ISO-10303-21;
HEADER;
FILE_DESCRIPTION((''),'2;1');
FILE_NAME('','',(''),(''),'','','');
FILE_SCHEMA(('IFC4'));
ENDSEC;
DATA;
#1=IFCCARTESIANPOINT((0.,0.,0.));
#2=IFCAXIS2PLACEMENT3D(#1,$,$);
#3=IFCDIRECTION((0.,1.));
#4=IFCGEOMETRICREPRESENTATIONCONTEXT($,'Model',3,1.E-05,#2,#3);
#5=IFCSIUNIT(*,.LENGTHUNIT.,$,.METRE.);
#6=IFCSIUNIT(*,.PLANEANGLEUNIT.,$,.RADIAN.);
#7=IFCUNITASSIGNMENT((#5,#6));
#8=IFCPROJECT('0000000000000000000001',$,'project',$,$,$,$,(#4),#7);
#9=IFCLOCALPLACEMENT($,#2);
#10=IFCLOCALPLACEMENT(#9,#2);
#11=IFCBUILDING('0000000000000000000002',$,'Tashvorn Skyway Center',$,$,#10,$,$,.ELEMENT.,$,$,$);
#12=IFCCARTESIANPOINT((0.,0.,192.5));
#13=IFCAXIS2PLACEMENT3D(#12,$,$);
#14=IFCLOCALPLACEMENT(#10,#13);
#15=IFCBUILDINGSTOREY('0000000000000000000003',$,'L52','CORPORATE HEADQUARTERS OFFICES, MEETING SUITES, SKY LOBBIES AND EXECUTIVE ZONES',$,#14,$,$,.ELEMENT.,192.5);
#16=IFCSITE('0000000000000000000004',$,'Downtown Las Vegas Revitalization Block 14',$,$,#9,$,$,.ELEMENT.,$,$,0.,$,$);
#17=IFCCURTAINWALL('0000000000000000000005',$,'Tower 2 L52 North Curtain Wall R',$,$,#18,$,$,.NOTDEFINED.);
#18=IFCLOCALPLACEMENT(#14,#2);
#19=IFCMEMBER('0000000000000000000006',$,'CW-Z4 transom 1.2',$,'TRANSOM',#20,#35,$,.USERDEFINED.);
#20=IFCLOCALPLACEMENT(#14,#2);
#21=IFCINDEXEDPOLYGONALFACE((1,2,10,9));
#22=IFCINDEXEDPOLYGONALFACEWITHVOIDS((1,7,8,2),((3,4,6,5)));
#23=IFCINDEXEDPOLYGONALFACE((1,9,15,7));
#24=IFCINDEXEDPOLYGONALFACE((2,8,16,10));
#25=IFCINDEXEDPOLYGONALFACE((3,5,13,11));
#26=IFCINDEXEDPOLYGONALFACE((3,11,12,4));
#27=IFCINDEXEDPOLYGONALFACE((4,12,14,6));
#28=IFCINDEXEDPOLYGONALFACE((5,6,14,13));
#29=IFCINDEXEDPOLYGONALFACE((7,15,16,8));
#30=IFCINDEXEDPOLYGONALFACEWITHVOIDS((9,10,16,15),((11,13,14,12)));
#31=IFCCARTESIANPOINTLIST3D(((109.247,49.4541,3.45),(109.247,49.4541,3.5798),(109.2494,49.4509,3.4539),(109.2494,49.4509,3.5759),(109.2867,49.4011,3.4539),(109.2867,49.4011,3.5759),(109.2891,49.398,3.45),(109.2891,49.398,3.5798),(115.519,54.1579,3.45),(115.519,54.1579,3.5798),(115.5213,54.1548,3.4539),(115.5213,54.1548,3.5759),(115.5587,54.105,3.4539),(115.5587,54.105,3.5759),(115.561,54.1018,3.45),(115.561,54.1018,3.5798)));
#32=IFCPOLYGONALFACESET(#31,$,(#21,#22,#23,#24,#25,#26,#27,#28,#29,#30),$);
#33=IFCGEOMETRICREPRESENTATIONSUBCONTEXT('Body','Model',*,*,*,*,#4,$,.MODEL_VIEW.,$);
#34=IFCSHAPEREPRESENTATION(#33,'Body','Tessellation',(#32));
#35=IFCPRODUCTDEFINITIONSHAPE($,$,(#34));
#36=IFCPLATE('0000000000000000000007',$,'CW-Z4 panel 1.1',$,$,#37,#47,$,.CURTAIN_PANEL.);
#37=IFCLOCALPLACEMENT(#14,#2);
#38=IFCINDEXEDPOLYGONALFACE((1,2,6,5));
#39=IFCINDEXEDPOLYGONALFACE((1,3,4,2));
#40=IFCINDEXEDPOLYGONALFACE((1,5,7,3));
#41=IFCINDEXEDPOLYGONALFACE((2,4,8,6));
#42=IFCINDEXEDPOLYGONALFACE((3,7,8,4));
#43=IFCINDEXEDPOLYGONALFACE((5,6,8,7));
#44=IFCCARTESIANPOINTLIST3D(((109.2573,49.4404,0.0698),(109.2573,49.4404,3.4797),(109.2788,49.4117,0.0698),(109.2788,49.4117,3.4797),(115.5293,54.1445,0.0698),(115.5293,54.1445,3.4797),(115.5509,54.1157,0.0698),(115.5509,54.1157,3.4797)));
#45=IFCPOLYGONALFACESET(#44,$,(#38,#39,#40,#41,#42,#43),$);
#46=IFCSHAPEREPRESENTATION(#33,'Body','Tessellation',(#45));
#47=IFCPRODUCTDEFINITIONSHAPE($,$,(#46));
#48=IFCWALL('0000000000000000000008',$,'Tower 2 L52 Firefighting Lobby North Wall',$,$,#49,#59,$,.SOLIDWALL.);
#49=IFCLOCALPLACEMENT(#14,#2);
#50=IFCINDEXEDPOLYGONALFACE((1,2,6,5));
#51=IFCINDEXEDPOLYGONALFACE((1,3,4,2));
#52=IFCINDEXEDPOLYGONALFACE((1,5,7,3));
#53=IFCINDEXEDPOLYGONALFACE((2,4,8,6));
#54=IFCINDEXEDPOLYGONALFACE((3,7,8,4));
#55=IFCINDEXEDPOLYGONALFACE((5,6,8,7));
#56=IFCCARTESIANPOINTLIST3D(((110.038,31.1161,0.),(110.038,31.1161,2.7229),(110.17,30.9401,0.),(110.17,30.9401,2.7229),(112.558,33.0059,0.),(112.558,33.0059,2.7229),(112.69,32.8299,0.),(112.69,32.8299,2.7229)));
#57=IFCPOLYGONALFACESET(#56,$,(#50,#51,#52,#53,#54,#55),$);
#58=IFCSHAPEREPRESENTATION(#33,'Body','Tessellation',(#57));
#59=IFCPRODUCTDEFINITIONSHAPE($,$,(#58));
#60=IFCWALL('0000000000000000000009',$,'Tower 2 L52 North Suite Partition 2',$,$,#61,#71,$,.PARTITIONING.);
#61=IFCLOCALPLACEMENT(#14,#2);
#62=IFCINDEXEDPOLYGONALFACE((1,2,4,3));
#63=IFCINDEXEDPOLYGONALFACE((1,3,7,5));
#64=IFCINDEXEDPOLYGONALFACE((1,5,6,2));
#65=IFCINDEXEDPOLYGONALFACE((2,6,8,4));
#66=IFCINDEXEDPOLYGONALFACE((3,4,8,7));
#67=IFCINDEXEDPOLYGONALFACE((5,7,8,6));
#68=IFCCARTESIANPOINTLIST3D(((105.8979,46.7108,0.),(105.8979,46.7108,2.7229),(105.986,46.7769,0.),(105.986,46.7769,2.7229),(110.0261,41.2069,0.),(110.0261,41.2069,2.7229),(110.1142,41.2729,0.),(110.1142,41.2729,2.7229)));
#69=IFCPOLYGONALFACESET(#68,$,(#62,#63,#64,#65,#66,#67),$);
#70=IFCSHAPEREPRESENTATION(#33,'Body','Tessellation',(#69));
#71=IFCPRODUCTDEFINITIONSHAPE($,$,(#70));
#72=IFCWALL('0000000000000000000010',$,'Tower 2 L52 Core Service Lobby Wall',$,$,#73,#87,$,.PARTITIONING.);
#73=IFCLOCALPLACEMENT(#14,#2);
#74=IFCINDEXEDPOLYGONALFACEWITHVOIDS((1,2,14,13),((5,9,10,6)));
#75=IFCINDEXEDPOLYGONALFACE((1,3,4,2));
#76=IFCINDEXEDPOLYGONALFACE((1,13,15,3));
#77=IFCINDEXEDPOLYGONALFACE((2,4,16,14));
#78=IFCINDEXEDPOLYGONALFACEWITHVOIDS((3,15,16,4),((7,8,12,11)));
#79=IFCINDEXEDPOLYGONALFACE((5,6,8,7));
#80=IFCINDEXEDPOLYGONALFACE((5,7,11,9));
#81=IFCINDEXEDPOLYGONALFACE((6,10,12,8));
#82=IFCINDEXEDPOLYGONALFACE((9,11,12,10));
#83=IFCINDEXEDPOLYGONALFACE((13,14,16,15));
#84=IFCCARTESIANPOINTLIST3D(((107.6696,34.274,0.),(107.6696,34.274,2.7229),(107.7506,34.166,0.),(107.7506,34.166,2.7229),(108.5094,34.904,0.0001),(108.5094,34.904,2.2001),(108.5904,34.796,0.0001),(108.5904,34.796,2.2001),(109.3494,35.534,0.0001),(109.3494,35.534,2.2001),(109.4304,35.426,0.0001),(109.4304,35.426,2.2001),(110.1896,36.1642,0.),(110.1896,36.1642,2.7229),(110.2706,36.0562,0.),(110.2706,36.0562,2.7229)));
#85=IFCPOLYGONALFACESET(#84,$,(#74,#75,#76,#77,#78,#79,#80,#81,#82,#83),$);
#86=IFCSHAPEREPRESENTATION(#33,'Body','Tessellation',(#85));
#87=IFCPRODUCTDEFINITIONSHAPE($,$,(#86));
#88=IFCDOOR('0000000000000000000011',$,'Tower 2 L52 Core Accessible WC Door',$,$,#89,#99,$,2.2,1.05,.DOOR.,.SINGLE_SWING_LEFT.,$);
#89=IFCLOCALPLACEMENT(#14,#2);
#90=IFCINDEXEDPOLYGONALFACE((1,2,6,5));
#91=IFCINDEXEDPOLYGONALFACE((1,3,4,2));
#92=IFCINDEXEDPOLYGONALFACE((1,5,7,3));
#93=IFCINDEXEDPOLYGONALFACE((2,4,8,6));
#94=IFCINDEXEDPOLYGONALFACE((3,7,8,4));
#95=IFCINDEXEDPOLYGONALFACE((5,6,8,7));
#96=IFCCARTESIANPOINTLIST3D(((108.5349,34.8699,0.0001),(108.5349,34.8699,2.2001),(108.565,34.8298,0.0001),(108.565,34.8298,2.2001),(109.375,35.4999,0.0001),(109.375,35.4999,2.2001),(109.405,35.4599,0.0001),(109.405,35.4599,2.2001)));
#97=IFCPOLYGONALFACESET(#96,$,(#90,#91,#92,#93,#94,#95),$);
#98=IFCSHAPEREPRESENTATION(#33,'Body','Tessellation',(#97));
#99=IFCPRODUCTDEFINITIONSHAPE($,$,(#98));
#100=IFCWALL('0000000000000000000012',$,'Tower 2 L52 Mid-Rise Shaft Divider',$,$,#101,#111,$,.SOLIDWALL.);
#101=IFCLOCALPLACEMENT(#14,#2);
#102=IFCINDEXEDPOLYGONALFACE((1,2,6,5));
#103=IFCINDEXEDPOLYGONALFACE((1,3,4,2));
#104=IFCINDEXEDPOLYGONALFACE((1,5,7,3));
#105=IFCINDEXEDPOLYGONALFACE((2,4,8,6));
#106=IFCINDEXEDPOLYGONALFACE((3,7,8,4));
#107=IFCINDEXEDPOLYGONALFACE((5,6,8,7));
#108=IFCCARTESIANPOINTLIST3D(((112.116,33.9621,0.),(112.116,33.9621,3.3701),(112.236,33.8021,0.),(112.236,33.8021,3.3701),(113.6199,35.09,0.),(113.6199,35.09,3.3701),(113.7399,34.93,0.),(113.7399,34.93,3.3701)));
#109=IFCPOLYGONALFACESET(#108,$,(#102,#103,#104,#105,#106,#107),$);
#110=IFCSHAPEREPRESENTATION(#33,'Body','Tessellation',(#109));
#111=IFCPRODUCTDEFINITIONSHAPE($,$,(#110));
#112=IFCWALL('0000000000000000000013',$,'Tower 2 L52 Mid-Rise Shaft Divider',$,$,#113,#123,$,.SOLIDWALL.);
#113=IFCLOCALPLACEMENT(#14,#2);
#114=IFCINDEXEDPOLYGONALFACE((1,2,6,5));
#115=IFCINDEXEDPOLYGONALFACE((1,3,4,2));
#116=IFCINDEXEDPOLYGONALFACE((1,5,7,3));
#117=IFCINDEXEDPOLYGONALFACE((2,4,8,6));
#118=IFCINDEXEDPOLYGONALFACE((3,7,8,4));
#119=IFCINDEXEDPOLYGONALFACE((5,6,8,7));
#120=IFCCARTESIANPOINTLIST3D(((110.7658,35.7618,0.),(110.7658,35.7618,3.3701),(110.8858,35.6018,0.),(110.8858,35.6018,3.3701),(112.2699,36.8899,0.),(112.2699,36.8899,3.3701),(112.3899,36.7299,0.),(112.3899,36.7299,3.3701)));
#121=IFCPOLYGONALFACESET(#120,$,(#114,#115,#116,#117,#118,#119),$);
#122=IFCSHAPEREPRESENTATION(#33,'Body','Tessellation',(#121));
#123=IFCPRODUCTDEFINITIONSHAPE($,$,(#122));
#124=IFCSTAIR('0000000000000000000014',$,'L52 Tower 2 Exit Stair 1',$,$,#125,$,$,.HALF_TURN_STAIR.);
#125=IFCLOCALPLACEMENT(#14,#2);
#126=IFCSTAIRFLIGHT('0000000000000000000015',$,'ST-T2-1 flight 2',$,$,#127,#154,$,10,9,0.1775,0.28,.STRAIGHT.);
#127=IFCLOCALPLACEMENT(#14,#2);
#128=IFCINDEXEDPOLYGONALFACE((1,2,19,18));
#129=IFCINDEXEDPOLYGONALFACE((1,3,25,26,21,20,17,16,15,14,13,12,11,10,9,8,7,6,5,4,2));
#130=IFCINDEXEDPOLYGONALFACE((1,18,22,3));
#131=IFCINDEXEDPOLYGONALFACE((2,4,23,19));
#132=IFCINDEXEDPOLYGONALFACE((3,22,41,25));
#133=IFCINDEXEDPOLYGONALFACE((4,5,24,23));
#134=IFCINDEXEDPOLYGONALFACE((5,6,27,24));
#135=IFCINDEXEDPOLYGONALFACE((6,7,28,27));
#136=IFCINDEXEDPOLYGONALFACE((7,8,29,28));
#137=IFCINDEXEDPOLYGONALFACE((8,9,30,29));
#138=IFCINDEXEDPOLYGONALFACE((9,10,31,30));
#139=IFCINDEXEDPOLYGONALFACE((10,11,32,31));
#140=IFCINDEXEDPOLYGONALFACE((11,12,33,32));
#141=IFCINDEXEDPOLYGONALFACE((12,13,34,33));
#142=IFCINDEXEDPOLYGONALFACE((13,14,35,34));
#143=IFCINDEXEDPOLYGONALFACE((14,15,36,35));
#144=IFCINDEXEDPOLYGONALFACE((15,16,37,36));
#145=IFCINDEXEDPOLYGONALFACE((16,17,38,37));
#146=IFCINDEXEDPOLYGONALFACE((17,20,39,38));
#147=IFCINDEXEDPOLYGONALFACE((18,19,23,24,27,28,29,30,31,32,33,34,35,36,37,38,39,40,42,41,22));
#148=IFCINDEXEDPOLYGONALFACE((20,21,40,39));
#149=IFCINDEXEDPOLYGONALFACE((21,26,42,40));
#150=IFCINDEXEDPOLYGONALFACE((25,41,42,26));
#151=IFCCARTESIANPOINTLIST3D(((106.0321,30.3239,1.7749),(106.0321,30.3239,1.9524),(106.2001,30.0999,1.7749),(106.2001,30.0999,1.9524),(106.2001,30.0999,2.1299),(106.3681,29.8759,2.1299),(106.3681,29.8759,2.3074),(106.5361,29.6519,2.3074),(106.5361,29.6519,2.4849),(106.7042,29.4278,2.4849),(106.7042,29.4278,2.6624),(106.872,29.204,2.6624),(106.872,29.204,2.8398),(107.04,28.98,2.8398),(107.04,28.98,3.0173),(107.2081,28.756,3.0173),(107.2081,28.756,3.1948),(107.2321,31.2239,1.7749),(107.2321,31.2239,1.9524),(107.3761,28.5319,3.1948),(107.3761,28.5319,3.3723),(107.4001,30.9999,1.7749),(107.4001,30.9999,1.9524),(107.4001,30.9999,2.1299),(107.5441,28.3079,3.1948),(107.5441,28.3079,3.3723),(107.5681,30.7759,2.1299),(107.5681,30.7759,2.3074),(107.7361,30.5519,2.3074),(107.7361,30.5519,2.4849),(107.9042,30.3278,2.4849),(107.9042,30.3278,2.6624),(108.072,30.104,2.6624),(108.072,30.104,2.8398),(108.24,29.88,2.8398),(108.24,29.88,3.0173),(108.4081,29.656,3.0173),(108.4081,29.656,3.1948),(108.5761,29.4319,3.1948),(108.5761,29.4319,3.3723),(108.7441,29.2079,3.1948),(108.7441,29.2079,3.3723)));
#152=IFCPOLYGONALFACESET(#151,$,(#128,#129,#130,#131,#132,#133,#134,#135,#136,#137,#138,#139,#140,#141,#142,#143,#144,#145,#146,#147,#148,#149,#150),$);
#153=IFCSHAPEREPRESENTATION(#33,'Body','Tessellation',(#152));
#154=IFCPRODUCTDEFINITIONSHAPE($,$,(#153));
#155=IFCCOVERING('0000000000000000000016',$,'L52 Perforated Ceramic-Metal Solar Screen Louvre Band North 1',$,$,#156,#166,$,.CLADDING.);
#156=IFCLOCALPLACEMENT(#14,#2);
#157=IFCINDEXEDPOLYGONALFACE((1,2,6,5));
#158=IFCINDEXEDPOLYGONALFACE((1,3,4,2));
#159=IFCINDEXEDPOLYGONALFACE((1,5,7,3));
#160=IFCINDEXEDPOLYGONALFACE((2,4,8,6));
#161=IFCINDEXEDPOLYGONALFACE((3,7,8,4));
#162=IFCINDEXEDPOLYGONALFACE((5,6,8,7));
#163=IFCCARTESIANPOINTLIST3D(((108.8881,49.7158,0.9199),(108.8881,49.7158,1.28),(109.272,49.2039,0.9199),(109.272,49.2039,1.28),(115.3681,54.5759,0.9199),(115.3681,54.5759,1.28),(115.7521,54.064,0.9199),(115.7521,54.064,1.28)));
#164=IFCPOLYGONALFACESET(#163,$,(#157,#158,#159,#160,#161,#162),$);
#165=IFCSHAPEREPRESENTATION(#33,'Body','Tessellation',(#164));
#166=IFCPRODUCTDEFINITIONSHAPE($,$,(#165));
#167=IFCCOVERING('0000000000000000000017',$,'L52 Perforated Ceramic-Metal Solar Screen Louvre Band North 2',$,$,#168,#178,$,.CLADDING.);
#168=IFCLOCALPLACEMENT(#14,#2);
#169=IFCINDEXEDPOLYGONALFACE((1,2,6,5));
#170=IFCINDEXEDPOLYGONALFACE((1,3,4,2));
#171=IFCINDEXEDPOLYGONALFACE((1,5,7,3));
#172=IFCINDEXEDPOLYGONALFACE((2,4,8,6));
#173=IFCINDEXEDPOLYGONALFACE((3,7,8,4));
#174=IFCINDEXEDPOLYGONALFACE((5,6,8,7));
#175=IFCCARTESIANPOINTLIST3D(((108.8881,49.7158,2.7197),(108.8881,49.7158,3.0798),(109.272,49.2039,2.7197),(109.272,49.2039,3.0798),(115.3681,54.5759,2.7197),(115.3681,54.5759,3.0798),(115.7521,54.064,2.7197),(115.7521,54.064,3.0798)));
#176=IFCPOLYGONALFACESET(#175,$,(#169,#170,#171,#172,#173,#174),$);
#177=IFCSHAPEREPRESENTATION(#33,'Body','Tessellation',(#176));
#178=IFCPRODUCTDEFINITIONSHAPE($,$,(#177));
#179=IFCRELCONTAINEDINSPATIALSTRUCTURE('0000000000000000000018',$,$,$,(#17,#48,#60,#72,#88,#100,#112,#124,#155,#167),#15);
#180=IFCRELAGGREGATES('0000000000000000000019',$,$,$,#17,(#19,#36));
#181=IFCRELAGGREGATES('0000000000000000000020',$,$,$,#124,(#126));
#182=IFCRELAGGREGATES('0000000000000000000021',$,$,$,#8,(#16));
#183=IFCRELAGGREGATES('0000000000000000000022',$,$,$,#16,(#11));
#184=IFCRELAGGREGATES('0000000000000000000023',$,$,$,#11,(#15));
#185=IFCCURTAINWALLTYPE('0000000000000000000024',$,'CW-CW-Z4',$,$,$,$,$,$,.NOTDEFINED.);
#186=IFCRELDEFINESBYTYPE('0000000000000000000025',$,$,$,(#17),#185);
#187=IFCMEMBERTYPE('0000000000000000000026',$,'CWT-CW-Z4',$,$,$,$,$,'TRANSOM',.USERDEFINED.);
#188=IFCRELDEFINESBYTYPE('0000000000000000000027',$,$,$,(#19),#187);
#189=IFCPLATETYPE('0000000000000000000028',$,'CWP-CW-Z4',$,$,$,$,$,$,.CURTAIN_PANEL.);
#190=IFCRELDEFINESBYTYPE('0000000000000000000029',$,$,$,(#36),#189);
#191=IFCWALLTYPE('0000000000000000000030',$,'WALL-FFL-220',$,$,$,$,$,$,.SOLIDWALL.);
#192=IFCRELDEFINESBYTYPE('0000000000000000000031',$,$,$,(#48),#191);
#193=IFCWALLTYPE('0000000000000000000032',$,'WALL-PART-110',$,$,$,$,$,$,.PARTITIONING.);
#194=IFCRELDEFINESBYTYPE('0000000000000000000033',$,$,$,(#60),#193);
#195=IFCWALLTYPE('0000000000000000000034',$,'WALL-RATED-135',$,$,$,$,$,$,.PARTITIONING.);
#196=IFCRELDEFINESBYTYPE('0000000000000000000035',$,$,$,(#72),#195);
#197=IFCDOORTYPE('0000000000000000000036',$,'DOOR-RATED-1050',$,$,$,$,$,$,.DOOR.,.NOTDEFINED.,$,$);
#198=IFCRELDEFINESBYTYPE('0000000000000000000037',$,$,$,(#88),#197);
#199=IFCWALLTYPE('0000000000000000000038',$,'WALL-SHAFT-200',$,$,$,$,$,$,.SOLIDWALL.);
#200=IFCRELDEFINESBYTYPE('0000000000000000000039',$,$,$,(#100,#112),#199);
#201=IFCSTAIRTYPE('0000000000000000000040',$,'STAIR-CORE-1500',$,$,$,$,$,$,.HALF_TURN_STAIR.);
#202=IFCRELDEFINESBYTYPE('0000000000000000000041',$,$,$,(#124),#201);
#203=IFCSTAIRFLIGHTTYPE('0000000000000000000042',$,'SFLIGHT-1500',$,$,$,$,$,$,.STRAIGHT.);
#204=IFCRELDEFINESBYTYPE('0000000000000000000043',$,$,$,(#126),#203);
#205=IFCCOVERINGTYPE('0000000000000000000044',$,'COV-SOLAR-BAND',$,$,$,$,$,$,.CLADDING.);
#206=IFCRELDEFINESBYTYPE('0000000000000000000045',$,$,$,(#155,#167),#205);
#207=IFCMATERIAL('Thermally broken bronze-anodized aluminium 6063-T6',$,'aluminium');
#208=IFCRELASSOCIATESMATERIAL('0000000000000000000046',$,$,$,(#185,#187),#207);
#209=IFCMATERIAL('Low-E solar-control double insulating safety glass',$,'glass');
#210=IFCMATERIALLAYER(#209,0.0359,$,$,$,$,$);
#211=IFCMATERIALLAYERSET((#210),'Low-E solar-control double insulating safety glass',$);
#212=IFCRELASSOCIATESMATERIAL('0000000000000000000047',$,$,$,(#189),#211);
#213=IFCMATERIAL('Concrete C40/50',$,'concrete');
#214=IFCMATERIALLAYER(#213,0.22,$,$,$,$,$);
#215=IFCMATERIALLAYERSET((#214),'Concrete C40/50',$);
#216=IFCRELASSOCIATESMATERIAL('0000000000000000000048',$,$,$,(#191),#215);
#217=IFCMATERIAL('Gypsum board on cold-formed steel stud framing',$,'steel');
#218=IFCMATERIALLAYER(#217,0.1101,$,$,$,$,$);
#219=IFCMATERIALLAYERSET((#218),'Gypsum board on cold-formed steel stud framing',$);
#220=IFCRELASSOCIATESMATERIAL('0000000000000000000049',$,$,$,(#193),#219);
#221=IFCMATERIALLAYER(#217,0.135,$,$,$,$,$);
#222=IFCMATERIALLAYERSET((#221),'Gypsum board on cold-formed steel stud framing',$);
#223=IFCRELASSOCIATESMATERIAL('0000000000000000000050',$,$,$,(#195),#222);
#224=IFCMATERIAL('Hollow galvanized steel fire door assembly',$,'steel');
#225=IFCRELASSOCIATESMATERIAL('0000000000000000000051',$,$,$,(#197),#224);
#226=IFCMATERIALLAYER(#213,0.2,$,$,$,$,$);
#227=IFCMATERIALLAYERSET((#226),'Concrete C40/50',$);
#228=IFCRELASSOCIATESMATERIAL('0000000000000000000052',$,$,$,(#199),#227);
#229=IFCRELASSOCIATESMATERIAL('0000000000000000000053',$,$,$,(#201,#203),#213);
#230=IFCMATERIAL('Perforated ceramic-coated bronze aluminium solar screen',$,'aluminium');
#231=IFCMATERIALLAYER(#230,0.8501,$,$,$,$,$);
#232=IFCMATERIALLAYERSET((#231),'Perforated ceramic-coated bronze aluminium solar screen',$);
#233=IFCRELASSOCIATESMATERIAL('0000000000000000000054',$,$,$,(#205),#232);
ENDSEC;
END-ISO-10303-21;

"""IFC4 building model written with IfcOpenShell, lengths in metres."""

from ifc_helpers import new_model, si_unit, direction, frame, frame_2d, origin, origin_2d, place, context, subcontext, project, spatial, polyline, rectangle, hollow_rectangle, outline, extrude, material, layer, layer_set, material_profile, profile_set, type_object, element, fill, aggregate, save


model = new_model("IFC4")

# Units and contexts
model_context = context("Model", 3, precision=1e-05, world=origin(), true_north=direction((0.0, 1.0)))
body_context = subcontext(model_context, "Body", "Model", "MODEL_VIEW")
ifc_project = project(units=[si_unit("LENGTHUNIT", "METRE"), si_unit("PLANEANGLEUNIT", "RADIAN")], contexts=[model_context])

# Site, building, storey
site_placement = place(None, origin())
site = spatial("IfcSite", under=ifc_project, at=site_placement, Name="Downtown Las Vegas Revitalization Block 14", CompositionType="ELEMENT", RefElevation=0.0)
building_placement = place(site_placement, origin())
building = spatial("IfcBuilding", under=site, at=building_placement, Name="Tashvorn Skyway Center", CompositionType="ELEMENT")
storey_placement = place(building_placement, frame((0.0, 0.0, 192.5)))
storey = spatial("IfcBuildingStorey", under=building, at=storey_placement, Name="L52", Description="CORPORATE HEADQUARTERS OFFICES, MEETING SUITES, SKY LOBBIES AND EXECUTIVE ZONES", CompositionType="ELEMENT", Elevation=192.5)

# Curtain wall, member, plate
ifc_material_1 = material(Name="Thermally broken bronze-anodized aluminium 6063-T6", Category="aluminium")
curtain_wall_type = type_object("IfcCurtainWallType", Name="CW-CW-Z4", PredefinedType="NOTDEFINED", material=ifc_material_1)
curtain_wall_placement = place(storey_placement, origin())
curtain_wall = element("IfcCurtainWall", 1, at=curtain_wall_placement, inside=storey, type_object=curtain_wall_type, Name="Tower 2 L52 North Curtain Wall R", PredefinedType="NOTDEFINED")
ifc_material_profile_1 = material_profile(ifc_material_1, hollow_rectangle(XDim=0.0701, YDim=0.1299, WallThickness=0.0039, at=origin_2d()), Name="ALU-TRAN-70x130")
ifc_profile_set_1 = profile_set([ifc_material_profile_1], Name="Thermally broken bronze-anodized aluminium 6063-T6")
member_type_1 = type_object("IfcMemberType", Name="CWT-CW-Z4", ElementType="TRANSOM", PredefinedType="USERDEFINED", material=ifc_profile_set_1)
member_1_placement = place(storey_placement, frame((109.2681, 49.426, 3.5149), z_axis=(0.800007, 0.59999, 0.0), x_axis=(-0.59999, 0.800007, 0.0)))
member_1 = element("IfcMember", 2, at=member_1_placement, type_object=member_type_1, Name="CW-Z4 transom 1.2", ObjectType="TRANSOM", PredefinedType="USERDEFINED", context=body_context, shape_type="SweptSolid", body=[
    extrude(hollow_rectangle(XDim=0.0701, YDim=0.1299, WallThickness=0.0039, at=origin_2d()), origin(), (0.0, 0.0, 1.0), 7.8398),
])
ifc_material_2 = material(Name="Low-E solar-control double insulating safety glass", Category="glass")
ifc_layer_1 = layer(ifc_material_2, 0.0359)
ifc_layer_set_1 = layer_set([ifc_layer_1], Name="Low-E solar-control double insulating safety glass")
plate_type = type_object("IfcPlateType", Name="CWP-CW-Z4", PredefinedType="CURTAIN_PANEL", material=ifc_layer_set_1)
plate_placement = place(storey_placement, frame((112.4041, 51.7781, 0.0698), z_axis=(0.0, 0.0, 1.0), x_axis=(0.8, 0.6, 0.0)))
plate = element("IfcPlate", 3, at=plate_placement, type_object=plate_type, Name="CW-Z4 panel 1.1", PredefinedType="CURTAIN_PANEL", context=body_context, shape_type="SweptSolid", body=[
    extrude(rectangle(XDim=7.8401, YDim=0.0359, at=origin_2d()), origin(), (0.0, 0.0, 1.0), 3.4099),
])
aggregate(curtain_wall, [member_1, plate])

# Walls
ifc_material_3 = material(Name="Concrete C40/50", Category="concrete")
ifc_layer_2 = layer(ifc_material_3, 0.22)
ifc_layer_set_2 = layer_set([ifc_layer_2], Name="Concrete C40/50")
wall_type_1 = type_object("IfcWallType", Name="WALL-FFL-220", PredefinedType="SOLIDWALL", material=ifc_layer_set_2)
wall_1_placement = place(storey_placement, frame((110.104, 31.0281, 0.0), z_axis=(0.0, 0.0, 1.0), x_axis=(0.800019, 0.599975, 0.0)))
element("IfcWall", 4, at=wall_1_placement, inside=storey, type_object=wall_type_1, Name="Tower 2 L52 Firefighting Lobby North Wall", PredefinedType="SOLIDWALL", context=body_context, shape_type="SweptSolid", body=[
    extrude(rectangle(XDim=3.1499, YDim=0.22, at=frame_2d((1.575, 0.0))), origin(), (0.0, 0.0, 1.0), 2.7229),
])
ifc_material_4 = material(Name="Gypsum board on cold-formed steel stud framing", Category="steel")
ifc_layer_3 = layer(ifc_material_4, 0.1101)
ifc_layer_set_3 = layer_set([ifc_layer_3], Name="Gypsum board on cold-formed steel stud framing")
wall_type_2 = type_object("IfcWallType", Name="WALL-PART-110", PredefinedType="PARTITIONING", material=ifc_layer_set_3)
wall_2_placement = place(storey_placement, frame((110.0701, 41.24, 0.0), z_axis=(0.0, 0.0, 1.0), x_axis=(-0.600023, 0.799983, 0.0)))
element("IfcWall", 5, at=wall_2_placement, inside=storey, type_object=wall_type_2, Name="Tower 2 L52 North Suite Partition 2", PredefinedType="PARTITIONING", context=body_context, shape_type="SweptSolid", body=[
    extrude(rectangle(XDim=6.8801, YDim=0.1101, at=frame_2d((3.4399, 0.0))), origin(), (0.0, 0.0, 1.0), 2.7229),
])

# Wall, opening, door
ifc_layer_4 = layer(ifc_material_4, 0.135)
ifc_layer_set_4 = layer_set([ifc_layer_4], Name="Gypsum board on cold-formed steel stud framing")
wall_type_3 = type_object("IfcWallType", Name="WALL-RATED-135", PredefinedType="PARTITIONING", material=ifc_layer_set_4)
wall_3_placement = place(storey_placement, frame((107.71, 34.22, 0.0), z_axis=(0.0, 0.0, 1.0), x_axis=(0.799981, 0.600025, 0.0)))
wall_3 = element("IfcWall", 6, at=wall_3_placement, inside=storey, type_object=wall_type_3, Name="Tower 2 L52 Core Service Lobby Wall", PredefinedType="PARTITIONING", context=body_context, shape_type="SweptSolid", body=[
    extrude(rectangle(XDim=3.1501, YDim=0.135, at=frame_2d((1.5752, 0.0))), origin(), (0.0, 0.0, 1.0), 2.7229),
])
opening_placement = place(wall_3_placement, frame((1.05, 0.0, 0.0)))
opening = element("IfcOpeningElement", 7, at=opening_placement, cuts=wall_3, PredefinedType="OPENING", context=body_context, shape_type="SweptSolid", body=[
    extrude(rectangle(XDim=1.05, YDim=2.2, at=frame_2d((0.5249, 1.1001))), frame((0.0, 0.0774, 0.0), z_axis=(0.0, -1.0, 0.0), x_axis=(1.0, 0.0, 0.0)), (0.0, 0.0, 1.0), 0.155),
])
ifc_material_5 = material(Name="Hollow galvanized steel fire door assembly", Category="steel")
door_type = type_object("IfcDoorType", Name="DOOR-RATED-1050", OperationType="NOTDEFINED", PredefinedType="DOOR", material=ifc_material_5)
door_placement = place(opening_placement, origin())
door = element("IfcDoor", 8, at=door_placement, inside=storey, type_object=door_type, Name="Tower 2 L52 Core Accessible WC Door", OperationType="SINGLE_SWING_LEFT", OverallHeight=2.2, OverallWidth=1.05, PredefinedType="DOOR", context=body_context, shape_type="SweptSolid", body=[
    extrude(rectangle(XDim=1.05, YDim=2.2, at=frame_2d((0.5249, 1.1001))), frame((0.0, 0.0249, 0.0), z_axis=(0.0, -1.0, 0.0), x_axis=(1.0, 0.0, 0.0)), (0.0, 0.0, 1.0), 0.05),
])
fill(opening, door)

# Walls
ifc_layer_5 = layer(ifc_material_3, 0.2)
ifc_layer_set_5 = layer_set([ifc_layer_5], Name="Concrete C40/50")
wall_type_4 = type_object("IfcWallType", Name="WALL-SHAFT-200", PredefinedType="SOLIDWALL", material=ifc_layer_set_5)
wall_4_placement = place(storey_placement, frame((112.176, 33.8821, 0.0), z_axis=(0.0, 0.0, 1.0), x_axis=(0.8, 0.6, 0.0)))
element("IfcWall", 9, at=wall_4_placement, inside=storey, type_object=wall_type_4, Name="Tower 2 L52 Mid-Rise Shaft Divider", PredefinedType="SOLIDWALL", context=body_context, shape_type="SweptSolid", body=[
    extrude(rectangle(XDim=1.8799, YDim=0.2, at=frame_2d((0.9399, 0.0))), origin(), (0.0, 0.0, 1.0), 3.3701),
])
wall_5_placement = place(storey_placement, frame((110.8259, 35.6819, 0.0), z_axis=(0.0, 0.0, 1.0), x_axis=(0.799984, 0.600021, 0.0)))
element("IfcWall", 10, at=wall_5_placement, inside=storey, type_object=wall_type_4, Name="Tower 2 L52 Mid-Rise Shaft Divider", PredefinedType="SOLIDWALL", context=body_context, shape_type="SweptSolid", body=[
    extrude(rectangle(XDim=1.8801, YDim=0.2, at=frame_2d((0.9399, 0.0))), origin(), (0.0, 0.0, 1.0), 3.3701),
])

# Stair, stair flight
stair_type = type_object("IfcStairType", Name="STAIR-CORE-1500", PredefinedType="HALF_TURN_STAIR", material=ifc_material_3)
stair_placement = place(storey_placement, origin())
stair = element("IfcStair", 11, at=stair_placement, inside=storey, type_object=stair_type, Name="L52 Tower 2 Exit Stair 1", PredefinedType="HALF_TURN_STAIR")
stair_flight_type = type_object("IfcStairFlightType", Name="SFLIGHT-1500", PredefinedType="STRAIGHT", material=ifc_material_3)
stair_flight_placement = place(storey_placement, frame((106.6321, 30.7739, 1.7749), z_axis=(0.0, 0.0, 1.0), x_axis=(0.6, -0.8, 0.0)))
stair_flight = element("IfcStairFlight", 12, at=stair_flight_placement, type_object=stair_flight_type, Name="ST-T2-1 flight 2", NumberOfRisers=10, NumberOfTreads=9, PredefinedType="STRAIGHT", RiserHeight=0.1775, TreadLength=0.28, context=body_context, shape_type="SweptSolid", body=[
    extrude(outline(polyline([(0.0, 0.0), (0.0, 0.1775), (0.28, 0.1775), (0.28, 0.355), (0.5601, 0.355), (0.5601, 0.5325), (0.8401, 0.5325), (0.8401, 0.71), (1.1201, 0.71), (1.1201, 0.8875), (1.3999, 0.8875), (1.3999, 1.0649), (1.6799, 1.0649), (1.6799, 1.2424), (1.96, 1.2424), (1.96, 1.4199), (2.24, 1.4199), (2.24, 1.5974), (2.52, 1.5974), (2.52, 1.7749), (2.52, 1.4199), (0.28, 0.0), (0.0, 0.0)])), frame((0.0, 0.75, 0.0), z_axis=(0.0, -1.0, 0.0), x_axis=(1.0, 0.0, 0.0)), (0.0, 0.0, 1.0), 1.5),
])
aggregate(stair, [stair_flight])

# Coverings
ifc_material_6 = material(Name="Perforated ceramic-coated bronze aluminium solar screen", Category="aluminium")
ifc_layer_6 = layer(ifc_material_6, 0.8501)
ifc_layer_set_6 = layer_set([ifc_layer_6], Name="Perforated ceramic-coated bronze aluminium solar screen")
covering_type_1 = type_object("IfcCoveringType", Name="COV-SOLAR-BAND", PredefinedType="CLADDING", material=ifc_layer_set_6)
for number, where, z_axis, x_axis, name in (
    (13, (112.3201, 51.8899, 0.9199), (0.0, 0.0, 1.0), (0.8, 0.6, 0.0), "L52 Perforated Ceramic-Metal Solar Screen Louvre Band North 1"),
    (14, (112.3201, 51.8899, 2.7197), (0.0, 0.0, 1.0), (0.8, 0.6, 0.0), "L52 Perforated Ceramic-Metal Solar Screen Louvre Band North 2"),
):
    element("IfcCovering", number, at=place(storey_placement, frame(where, z_axis=z_axis, x_axis=x_axis)), inside=storey, type_object=covering_type_1, Name=name, PredefinedType="CLADDING", context=body_context, shape_type="SweptSolid", body=[
        extrude(rectangle(XDim=8.1001, YDim=0.6399, at=origin_2d()), origin(), (0.0, 0.0, 1.0), 0.3601),
    ])

save(model, "model.ifc")
